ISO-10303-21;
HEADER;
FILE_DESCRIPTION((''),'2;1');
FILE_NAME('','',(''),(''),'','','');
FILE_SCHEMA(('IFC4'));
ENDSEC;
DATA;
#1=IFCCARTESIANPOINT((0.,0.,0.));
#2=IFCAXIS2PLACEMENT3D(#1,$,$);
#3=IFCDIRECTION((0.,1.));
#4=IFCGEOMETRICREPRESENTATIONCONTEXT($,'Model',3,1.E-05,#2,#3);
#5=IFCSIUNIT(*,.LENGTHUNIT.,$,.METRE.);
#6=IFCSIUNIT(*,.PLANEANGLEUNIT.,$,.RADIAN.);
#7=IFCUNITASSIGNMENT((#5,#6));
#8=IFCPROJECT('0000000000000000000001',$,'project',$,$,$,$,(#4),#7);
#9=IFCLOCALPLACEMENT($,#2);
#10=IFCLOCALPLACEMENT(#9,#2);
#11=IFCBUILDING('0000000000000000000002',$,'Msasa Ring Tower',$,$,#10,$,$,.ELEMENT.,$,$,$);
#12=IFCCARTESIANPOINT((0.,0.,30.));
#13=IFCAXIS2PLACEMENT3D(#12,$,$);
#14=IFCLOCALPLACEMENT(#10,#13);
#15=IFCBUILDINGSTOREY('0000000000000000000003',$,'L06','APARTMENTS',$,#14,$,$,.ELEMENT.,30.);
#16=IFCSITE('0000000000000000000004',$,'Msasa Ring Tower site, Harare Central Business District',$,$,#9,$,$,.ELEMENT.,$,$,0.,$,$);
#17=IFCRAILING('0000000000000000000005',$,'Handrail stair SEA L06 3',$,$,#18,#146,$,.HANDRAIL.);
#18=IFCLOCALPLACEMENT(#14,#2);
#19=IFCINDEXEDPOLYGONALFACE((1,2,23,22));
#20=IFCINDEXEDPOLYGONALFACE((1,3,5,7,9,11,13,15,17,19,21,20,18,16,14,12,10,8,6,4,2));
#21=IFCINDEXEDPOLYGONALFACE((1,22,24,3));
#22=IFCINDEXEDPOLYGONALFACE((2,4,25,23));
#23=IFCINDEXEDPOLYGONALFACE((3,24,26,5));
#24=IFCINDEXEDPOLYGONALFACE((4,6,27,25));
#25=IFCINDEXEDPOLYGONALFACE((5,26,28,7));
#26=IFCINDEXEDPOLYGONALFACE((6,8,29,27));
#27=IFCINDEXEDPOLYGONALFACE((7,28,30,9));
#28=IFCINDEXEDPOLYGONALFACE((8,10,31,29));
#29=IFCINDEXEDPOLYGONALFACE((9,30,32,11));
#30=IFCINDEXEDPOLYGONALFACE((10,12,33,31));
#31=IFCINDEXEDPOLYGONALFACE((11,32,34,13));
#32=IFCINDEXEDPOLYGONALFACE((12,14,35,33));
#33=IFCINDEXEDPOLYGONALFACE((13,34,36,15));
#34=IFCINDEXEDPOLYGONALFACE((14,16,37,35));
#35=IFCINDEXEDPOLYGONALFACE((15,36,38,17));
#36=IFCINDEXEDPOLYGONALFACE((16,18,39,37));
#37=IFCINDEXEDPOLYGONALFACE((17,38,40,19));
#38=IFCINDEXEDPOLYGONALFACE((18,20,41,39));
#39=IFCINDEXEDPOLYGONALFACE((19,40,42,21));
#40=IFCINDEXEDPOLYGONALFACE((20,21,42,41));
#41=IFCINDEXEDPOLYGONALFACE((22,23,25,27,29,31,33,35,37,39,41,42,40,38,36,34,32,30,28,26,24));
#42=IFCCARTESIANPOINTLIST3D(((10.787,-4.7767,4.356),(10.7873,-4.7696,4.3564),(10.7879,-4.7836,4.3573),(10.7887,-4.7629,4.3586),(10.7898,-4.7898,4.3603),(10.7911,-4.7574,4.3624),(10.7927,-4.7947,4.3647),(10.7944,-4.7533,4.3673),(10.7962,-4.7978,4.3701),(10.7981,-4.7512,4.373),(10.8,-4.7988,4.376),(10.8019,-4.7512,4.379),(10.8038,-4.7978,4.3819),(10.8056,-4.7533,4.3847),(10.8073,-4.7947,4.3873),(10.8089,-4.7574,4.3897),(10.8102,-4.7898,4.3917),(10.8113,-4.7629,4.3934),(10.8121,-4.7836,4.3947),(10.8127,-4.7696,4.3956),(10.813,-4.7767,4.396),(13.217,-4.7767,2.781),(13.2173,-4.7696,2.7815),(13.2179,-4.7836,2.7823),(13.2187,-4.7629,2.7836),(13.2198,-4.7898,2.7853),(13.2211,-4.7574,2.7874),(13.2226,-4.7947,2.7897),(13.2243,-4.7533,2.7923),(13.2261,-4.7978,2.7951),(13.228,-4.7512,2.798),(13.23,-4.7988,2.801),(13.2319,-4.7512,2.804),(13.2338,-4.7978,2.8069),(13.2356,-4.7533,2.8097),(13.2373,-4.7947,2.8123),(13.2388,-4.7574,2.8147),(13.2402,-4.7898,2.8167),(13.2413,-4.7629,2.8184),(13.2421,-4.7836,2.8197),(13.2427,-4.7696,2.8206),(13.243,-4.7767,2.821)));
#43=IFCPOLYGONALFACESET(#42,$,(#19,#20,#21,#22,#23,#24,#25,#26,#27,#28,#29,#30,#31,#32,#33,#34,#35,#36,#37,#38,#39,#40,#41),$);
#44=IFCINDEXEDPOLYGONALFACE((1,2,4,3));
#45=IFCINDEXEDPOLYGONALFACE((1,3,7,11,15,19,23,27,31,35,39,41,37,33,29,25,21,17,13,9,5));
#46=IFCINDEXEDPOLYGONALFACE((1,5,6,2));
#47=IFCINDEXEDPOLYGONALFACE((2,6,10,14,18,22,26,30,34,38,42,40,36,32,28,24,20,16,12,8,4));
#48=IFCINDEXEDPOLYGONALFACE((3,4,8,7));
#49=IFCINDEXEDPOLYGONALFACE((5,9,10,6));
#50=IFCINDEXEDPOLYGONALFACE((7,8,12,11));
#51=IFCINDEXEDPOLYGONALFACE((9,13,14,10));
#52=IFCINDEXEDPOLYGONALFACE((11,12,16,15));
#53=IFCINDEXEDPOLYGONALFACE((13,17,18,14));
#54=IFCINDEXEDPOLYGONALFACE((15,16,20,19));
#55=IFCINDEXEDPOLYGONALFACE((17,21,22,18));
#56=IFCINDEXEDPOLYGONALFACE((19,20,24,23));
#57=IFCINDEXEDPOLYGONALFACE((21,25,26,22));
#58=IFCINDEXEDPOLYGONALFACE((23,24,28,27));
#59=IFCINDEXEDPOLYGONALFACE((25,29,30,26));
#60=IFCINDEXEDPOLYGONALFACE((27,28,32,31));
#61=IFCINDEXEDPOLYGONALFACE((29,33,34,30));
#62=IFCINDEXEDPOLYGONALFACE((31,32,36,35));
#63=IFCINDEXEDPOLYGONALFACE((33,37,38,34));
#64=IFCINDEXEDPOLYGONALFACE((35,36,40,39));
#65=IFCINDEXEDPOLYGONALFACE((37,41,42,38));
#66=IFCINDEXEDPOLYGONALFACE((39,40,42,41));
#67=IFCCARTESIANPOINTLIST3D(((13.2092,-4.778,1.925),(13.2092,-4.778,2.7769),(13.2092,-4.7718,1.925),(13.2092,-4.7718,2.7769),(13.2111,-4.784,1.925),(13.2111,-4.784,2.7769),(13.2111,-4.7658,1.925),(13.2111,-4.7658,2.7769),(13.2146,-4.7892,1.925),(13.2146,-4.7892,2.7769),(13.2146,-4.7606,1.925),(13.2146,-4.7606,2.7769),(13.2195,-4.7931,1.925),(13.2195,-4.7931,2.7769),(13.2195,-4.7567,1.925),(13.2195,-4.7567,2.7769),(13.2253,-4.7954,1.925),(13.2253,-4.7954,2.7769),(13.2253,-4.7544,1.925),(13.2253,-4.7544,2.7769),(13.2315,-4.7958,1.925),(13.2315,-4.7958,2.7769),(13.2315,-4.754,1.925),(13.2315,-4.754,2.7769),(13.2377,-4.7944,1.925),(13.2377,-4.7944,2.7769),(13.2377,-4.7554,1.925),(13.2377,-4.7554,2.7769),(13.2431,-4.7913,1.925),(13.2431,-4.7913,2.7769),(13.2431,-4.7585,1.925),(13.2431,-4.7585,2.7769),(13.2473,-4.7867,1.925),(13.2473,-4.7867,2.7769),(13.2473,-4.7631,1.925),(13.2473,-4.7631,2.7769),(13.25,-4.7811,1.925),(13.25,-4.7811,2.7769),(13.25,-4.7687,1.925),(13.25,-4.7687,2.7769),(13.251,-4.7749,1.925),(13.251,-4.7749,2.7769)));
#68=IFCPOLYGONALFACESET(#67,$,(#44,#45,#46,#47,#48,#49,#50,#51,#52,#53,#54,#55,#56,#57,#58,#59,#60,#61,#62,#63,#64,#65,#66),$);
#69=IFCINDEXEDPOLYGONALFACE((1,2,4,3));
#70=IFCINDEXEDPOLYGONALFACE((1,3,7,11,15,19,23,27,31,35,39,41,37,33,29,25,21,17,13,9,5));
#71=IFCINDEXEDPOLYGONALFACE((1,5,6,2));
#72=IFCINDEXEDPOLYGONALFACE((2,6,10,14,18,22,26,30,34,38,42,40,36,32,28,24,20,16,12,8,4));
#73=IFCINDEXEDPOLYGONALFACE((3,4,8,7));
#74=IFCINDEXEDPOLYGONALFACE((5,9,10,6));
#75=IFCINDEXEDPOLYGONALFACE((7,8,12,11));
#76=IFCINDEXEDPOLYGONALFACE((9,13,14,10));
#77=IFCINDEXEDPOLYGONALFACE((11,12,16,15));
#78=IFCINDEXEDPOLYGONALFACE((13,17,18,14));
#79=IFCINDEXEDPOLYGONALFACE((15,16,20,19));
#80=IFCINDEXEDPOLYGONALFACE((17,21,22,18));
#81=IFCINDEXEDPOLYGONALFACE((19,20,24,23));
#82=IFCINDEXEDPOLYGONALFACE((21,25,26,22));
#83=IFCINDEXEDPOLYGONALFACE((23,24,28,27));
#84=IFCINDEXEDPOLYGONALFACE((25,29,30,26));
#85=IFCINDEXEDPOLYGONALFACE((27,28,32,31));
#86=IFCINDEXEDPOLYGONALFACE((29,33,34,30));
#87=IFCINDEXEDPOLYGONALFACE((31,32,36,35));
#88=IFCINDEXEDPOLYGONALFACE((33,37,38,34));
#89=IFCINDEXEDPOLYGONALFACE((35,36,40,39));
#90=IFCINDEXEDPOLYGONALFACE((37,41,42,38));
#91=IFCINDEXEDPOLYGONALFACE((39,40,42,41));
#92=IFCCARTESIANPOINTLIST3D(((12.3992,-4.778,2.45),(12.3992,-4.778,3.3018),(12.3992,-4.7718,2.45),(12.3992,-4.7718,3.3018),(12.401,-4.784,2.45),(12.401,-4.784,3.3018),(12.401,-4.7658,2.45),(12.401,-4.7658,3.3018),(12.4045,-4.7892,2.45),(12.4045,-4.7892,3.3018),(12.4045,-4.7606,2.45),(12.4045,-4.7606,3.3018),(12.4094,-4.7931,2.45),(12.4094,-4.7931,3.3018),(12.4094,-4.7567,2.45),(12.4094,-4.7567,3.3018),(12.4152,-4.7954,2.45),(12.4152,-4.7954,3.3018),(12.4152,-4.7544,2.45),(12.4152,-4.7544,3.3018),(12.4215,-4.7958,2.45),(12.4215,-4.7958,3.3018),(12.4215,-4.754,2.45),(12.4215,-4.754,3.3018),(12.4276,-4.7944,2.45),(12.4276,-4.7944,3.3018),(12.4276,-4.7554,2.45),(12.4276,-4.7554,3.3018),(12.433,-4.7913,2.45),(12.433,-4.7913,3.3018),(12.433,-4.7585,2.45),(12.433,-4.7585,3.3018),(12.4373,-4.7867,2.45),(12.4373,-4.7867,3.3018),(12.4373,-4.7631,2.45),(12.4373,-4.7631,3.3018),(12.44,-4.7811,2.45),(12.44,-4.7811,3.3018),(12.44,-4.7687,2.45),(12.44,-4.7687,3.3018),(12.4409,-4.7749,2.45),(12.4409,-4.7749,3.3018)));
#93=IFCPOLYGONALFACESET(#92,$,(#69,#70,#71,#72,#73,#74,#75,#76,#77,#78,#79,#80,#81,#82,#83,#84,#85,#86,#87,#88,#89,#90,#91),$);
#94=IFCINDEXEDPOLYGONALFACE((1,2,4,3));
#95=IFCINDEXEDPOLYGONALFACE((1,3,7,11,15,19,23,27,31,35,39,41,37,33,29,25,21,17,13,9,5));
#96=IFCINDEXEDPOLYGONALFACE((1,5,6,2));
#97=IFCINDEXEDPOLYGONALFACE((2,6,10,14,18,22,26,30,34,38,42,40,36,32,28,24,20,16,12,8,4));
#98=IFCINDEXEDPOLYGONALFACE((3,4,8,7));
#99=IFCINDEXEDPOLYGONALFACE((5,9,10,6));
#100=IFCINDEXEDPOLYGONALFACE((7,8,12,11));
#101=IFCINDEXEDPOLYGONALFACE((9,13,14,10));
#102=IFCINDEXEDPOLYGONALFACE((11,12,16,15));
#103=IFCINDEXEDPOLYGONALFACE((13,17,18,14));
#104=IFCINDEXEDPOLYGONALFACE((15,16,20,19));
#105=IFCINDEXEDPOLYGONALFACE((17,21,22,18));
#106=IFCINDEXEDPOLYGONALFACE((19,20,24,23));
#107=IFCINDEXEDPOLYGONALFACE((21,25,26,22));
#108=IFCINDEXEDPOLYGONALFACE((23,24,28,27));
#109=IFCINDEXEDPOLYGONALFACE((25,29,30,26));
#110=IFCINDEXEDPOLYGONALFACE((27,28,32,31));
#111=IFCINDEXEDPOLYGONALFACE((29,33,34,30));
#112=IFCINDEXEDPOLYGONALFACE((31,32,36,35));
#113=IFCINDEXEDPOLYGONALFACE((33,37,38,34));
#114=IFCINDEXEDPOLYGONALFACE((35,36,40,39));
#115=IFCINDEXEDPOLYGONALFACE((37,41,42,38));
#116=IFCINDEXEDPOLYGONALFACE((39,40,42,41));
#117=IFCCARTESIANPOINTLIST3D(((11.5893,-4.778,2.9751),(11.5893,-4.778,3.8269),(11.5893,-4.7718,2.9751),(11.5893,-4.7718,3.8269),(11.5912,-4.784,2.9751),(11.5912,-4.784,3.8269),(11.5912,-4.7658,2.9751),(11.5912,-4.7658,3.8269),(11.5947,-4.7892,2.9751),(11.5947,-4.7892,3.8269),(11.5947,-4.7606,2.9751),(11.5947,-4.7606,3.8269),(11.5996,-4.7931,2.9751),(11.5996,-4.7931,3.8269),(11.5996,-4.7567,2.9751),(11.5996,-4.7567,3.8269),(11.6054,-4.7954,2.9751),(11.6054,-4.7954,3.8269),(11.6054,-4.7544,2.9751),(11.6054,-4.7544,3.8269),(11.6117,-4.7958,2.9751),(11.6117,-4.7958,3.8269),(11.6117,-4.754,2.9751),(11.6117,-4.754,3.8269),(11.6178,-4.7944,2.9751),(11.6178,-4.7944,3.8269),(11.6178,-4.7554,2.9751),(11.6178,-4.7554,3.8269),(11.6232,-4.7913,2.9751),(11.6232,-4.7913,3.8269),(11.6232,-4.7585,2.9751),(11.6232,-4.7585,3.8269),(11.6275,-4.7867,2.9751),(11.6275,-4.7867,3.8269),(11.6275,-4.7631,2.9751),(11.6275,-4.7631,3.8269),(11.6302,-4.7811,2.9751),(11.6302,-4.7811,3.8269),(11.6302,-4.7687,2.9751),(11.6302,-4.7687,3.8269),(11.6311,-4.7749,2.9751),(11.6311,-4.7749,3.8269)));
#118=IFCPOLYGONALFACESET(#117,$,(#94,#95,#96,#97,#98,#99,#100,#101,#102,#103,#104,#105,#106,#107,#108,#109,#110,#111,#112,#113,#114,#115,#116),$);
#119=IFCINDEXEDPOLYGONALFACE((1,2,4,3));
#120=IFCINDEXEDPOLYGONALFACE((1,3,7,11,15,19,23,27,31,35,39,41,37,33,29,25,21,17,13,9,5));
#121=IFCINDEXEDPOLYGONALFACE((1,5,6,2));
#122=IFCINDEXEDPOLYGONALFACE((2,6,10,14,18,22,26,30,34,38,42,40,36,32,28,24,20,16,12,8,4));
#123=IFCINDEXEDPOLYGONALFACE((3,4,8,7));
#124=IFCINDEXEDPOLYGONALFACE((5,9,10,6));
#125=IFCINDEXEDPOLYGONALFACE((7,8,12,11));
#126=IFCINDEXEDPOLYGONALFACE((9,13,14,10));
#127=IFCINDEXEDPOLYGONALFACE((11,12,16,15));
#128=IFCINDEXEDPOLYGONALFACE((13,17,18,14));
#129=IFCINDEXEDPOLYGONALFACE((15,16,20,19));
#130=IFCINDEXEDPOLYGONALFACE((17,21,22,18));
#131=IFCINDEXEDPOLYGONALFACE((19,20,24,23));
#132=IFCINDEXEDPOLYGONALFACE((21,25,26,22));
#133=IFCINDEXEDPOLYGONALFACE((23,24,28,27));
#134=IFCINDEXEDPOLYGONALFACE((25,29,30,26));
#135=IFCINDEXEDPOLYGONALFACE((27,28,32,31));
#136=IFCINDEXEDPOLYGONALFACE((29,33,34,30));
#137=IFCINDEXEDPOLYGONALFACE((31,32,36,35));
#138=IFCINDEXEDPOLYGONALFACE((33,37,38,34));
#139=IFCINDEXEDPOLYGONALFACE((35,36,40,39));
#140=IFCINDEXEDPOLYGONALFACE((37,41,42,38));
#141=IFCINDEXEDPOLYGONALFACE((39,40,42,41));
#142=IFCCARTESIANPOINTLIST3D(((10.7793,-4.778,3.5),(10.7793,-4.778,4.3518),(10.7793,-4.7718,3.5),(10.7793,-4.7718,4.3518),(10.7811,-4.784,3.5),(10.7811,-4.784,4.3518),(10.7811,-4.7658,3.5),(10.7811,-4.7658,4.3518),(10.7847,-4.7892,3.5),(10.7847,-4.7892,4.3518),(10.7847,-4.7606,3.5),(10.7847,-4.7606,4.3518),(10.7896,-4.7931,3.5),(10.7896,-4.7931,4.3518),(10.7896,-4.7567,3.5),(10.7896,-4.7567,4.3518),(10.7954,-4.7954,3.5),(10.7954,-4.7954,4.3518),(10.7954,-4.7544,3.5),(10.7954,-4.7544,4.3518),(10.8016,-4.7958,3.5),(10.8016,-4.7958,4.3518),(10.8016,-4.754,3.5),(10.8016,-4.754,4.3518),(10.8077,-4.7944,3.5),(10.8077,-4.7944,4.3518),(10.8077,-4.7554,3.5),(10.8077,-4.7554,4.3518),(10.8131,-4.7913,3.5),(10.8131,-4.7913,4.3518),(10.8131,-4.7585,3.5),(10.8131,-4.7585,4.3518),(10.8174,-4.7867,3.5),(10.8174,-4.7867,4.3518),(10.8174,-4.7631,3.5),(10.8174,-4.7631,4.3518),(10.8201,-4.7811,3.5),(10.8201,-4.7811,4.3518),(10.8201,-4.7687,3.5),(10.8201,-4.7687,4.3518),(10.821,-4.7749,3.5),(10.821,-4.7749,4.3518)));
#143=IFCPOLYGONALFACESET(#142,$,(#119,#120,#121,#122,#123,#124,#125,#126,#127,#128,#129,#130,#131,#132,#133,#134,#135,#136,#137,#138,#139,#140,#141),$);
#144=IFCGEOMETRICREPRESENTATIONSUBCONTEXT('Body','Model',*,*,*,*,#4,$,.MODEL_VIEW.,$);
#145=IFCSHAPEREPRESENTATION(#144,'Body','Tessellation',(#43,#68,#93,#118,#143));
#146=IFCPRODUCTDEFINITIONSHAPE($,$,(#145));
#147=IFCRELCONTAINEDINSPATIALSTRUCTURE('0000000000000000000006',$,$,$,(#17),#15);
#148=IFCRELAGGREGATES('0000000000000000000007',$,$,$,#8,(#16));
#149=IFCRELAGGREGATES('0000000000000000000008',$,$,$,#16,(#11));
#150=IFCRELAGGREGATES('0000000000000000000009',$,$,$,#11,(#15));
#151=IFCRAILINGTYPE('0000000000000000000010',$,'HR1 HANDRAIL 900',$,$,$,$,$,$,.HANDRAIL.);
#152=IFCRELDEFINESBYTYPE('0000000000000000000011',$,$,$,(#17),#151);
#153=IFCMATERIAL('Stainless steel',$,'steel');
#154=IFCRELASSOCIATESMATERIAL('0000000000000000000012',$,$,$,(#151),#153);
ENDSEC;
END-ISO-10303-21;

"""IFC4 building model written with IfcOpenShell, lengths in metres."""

from ifc_helpers import new_model, si_unit, direction, frame, origin, origin_2d, place, context, subcontext, project, spatial, circle, extrude, material, type_object, element, save


model = new_model("IFC4")

# Units and contexts
model_context = context("Model", 3, precision=1e-05, world=origin(), true_north=direction((0.0, 1.0)))
body_context = subcontext(model_context, "Body", "Model", "MODEL_VIEW")
ifc_project = project(units=[si_unit("LENGTHUNIT", "METRE"), si_unit("PLANEANGLEUNIT", "RADIAN")], contexts=[model_context])

# Site, building, storey
site_placement = place(None, origin())
site = spatial("IfcSite", under=ifc_project, at=site_placement, Name="Msasa Ring Tower site, Harare Central Business District", CompositionType="ELEMENT", RefElevation=0.0)
building_placement = place(site_placement, origin())
building = spatial("IfcBuilding", under=site, at=building_placement, Name="Msasa Ring Tower", CompositionType="ELEMENT")
storey_placement = place(building_placement, frame((0.0, 0.0, 30.0)))
storey = spatial("IfcBuildingStorey", under=building, at=storey_placement, Name="L06", Description="APARTMENTS", CompositionType="ELEMENT", Elevation=30.0)

# Railing
ifc_material_1 = material(Name="Stainless steel", Category="steel")
railing_type = type_object("IfcRailingType", Name="HR1 HANDRAIL 900", PredefinedType="HANDRAIL", material=ifc_material_1)
for number, where, name in (
    (1, (13.23, -4.7749, 1.925), "Handrail stair SEA L06 3"),
):
    element("IfcRailing", number, at=place(storey_placement, frame(where)), inside=storey, type_object=railing_type, Name=name, PredefinedType="HANDRAIL", context=body_context, shape_type="SweptSolid", body=[
        extrude(circle(Radius=0.0239, at=origin_2d()), frame((0.0, 0.0, 0.876), z_axis=(-0.839154, 0.0, 0.543894), x_axis=(0.0, -1.0, 0.0)), (0.0, 0.0, 1.0), 2.8958),
        extrude(circle(Radius=0.021, at=origin_2d()), origin(), (0.0, 0.0, 1.0), 0.8518),
        extrude(circle(Radius=0.021, at=origin_2d()), frame((-0.8101, 0.0, 0.5249)), (0.0, 0.0, 1.0), 0.8518),
        extrude(circle(Radius=0.021, at=origin_2d()), frame((-1.6199, 0.0, 1.05)), (0.0, 0.0, 1.0), 0.8518),
        extrude(circle(Radius=0.021, at=origin_2d()), frame((-2.4299, 0.0, 1.575)), (0.0, 0.0, 1.0), 0.8518),
    ])

save(model, "model.ifc")
